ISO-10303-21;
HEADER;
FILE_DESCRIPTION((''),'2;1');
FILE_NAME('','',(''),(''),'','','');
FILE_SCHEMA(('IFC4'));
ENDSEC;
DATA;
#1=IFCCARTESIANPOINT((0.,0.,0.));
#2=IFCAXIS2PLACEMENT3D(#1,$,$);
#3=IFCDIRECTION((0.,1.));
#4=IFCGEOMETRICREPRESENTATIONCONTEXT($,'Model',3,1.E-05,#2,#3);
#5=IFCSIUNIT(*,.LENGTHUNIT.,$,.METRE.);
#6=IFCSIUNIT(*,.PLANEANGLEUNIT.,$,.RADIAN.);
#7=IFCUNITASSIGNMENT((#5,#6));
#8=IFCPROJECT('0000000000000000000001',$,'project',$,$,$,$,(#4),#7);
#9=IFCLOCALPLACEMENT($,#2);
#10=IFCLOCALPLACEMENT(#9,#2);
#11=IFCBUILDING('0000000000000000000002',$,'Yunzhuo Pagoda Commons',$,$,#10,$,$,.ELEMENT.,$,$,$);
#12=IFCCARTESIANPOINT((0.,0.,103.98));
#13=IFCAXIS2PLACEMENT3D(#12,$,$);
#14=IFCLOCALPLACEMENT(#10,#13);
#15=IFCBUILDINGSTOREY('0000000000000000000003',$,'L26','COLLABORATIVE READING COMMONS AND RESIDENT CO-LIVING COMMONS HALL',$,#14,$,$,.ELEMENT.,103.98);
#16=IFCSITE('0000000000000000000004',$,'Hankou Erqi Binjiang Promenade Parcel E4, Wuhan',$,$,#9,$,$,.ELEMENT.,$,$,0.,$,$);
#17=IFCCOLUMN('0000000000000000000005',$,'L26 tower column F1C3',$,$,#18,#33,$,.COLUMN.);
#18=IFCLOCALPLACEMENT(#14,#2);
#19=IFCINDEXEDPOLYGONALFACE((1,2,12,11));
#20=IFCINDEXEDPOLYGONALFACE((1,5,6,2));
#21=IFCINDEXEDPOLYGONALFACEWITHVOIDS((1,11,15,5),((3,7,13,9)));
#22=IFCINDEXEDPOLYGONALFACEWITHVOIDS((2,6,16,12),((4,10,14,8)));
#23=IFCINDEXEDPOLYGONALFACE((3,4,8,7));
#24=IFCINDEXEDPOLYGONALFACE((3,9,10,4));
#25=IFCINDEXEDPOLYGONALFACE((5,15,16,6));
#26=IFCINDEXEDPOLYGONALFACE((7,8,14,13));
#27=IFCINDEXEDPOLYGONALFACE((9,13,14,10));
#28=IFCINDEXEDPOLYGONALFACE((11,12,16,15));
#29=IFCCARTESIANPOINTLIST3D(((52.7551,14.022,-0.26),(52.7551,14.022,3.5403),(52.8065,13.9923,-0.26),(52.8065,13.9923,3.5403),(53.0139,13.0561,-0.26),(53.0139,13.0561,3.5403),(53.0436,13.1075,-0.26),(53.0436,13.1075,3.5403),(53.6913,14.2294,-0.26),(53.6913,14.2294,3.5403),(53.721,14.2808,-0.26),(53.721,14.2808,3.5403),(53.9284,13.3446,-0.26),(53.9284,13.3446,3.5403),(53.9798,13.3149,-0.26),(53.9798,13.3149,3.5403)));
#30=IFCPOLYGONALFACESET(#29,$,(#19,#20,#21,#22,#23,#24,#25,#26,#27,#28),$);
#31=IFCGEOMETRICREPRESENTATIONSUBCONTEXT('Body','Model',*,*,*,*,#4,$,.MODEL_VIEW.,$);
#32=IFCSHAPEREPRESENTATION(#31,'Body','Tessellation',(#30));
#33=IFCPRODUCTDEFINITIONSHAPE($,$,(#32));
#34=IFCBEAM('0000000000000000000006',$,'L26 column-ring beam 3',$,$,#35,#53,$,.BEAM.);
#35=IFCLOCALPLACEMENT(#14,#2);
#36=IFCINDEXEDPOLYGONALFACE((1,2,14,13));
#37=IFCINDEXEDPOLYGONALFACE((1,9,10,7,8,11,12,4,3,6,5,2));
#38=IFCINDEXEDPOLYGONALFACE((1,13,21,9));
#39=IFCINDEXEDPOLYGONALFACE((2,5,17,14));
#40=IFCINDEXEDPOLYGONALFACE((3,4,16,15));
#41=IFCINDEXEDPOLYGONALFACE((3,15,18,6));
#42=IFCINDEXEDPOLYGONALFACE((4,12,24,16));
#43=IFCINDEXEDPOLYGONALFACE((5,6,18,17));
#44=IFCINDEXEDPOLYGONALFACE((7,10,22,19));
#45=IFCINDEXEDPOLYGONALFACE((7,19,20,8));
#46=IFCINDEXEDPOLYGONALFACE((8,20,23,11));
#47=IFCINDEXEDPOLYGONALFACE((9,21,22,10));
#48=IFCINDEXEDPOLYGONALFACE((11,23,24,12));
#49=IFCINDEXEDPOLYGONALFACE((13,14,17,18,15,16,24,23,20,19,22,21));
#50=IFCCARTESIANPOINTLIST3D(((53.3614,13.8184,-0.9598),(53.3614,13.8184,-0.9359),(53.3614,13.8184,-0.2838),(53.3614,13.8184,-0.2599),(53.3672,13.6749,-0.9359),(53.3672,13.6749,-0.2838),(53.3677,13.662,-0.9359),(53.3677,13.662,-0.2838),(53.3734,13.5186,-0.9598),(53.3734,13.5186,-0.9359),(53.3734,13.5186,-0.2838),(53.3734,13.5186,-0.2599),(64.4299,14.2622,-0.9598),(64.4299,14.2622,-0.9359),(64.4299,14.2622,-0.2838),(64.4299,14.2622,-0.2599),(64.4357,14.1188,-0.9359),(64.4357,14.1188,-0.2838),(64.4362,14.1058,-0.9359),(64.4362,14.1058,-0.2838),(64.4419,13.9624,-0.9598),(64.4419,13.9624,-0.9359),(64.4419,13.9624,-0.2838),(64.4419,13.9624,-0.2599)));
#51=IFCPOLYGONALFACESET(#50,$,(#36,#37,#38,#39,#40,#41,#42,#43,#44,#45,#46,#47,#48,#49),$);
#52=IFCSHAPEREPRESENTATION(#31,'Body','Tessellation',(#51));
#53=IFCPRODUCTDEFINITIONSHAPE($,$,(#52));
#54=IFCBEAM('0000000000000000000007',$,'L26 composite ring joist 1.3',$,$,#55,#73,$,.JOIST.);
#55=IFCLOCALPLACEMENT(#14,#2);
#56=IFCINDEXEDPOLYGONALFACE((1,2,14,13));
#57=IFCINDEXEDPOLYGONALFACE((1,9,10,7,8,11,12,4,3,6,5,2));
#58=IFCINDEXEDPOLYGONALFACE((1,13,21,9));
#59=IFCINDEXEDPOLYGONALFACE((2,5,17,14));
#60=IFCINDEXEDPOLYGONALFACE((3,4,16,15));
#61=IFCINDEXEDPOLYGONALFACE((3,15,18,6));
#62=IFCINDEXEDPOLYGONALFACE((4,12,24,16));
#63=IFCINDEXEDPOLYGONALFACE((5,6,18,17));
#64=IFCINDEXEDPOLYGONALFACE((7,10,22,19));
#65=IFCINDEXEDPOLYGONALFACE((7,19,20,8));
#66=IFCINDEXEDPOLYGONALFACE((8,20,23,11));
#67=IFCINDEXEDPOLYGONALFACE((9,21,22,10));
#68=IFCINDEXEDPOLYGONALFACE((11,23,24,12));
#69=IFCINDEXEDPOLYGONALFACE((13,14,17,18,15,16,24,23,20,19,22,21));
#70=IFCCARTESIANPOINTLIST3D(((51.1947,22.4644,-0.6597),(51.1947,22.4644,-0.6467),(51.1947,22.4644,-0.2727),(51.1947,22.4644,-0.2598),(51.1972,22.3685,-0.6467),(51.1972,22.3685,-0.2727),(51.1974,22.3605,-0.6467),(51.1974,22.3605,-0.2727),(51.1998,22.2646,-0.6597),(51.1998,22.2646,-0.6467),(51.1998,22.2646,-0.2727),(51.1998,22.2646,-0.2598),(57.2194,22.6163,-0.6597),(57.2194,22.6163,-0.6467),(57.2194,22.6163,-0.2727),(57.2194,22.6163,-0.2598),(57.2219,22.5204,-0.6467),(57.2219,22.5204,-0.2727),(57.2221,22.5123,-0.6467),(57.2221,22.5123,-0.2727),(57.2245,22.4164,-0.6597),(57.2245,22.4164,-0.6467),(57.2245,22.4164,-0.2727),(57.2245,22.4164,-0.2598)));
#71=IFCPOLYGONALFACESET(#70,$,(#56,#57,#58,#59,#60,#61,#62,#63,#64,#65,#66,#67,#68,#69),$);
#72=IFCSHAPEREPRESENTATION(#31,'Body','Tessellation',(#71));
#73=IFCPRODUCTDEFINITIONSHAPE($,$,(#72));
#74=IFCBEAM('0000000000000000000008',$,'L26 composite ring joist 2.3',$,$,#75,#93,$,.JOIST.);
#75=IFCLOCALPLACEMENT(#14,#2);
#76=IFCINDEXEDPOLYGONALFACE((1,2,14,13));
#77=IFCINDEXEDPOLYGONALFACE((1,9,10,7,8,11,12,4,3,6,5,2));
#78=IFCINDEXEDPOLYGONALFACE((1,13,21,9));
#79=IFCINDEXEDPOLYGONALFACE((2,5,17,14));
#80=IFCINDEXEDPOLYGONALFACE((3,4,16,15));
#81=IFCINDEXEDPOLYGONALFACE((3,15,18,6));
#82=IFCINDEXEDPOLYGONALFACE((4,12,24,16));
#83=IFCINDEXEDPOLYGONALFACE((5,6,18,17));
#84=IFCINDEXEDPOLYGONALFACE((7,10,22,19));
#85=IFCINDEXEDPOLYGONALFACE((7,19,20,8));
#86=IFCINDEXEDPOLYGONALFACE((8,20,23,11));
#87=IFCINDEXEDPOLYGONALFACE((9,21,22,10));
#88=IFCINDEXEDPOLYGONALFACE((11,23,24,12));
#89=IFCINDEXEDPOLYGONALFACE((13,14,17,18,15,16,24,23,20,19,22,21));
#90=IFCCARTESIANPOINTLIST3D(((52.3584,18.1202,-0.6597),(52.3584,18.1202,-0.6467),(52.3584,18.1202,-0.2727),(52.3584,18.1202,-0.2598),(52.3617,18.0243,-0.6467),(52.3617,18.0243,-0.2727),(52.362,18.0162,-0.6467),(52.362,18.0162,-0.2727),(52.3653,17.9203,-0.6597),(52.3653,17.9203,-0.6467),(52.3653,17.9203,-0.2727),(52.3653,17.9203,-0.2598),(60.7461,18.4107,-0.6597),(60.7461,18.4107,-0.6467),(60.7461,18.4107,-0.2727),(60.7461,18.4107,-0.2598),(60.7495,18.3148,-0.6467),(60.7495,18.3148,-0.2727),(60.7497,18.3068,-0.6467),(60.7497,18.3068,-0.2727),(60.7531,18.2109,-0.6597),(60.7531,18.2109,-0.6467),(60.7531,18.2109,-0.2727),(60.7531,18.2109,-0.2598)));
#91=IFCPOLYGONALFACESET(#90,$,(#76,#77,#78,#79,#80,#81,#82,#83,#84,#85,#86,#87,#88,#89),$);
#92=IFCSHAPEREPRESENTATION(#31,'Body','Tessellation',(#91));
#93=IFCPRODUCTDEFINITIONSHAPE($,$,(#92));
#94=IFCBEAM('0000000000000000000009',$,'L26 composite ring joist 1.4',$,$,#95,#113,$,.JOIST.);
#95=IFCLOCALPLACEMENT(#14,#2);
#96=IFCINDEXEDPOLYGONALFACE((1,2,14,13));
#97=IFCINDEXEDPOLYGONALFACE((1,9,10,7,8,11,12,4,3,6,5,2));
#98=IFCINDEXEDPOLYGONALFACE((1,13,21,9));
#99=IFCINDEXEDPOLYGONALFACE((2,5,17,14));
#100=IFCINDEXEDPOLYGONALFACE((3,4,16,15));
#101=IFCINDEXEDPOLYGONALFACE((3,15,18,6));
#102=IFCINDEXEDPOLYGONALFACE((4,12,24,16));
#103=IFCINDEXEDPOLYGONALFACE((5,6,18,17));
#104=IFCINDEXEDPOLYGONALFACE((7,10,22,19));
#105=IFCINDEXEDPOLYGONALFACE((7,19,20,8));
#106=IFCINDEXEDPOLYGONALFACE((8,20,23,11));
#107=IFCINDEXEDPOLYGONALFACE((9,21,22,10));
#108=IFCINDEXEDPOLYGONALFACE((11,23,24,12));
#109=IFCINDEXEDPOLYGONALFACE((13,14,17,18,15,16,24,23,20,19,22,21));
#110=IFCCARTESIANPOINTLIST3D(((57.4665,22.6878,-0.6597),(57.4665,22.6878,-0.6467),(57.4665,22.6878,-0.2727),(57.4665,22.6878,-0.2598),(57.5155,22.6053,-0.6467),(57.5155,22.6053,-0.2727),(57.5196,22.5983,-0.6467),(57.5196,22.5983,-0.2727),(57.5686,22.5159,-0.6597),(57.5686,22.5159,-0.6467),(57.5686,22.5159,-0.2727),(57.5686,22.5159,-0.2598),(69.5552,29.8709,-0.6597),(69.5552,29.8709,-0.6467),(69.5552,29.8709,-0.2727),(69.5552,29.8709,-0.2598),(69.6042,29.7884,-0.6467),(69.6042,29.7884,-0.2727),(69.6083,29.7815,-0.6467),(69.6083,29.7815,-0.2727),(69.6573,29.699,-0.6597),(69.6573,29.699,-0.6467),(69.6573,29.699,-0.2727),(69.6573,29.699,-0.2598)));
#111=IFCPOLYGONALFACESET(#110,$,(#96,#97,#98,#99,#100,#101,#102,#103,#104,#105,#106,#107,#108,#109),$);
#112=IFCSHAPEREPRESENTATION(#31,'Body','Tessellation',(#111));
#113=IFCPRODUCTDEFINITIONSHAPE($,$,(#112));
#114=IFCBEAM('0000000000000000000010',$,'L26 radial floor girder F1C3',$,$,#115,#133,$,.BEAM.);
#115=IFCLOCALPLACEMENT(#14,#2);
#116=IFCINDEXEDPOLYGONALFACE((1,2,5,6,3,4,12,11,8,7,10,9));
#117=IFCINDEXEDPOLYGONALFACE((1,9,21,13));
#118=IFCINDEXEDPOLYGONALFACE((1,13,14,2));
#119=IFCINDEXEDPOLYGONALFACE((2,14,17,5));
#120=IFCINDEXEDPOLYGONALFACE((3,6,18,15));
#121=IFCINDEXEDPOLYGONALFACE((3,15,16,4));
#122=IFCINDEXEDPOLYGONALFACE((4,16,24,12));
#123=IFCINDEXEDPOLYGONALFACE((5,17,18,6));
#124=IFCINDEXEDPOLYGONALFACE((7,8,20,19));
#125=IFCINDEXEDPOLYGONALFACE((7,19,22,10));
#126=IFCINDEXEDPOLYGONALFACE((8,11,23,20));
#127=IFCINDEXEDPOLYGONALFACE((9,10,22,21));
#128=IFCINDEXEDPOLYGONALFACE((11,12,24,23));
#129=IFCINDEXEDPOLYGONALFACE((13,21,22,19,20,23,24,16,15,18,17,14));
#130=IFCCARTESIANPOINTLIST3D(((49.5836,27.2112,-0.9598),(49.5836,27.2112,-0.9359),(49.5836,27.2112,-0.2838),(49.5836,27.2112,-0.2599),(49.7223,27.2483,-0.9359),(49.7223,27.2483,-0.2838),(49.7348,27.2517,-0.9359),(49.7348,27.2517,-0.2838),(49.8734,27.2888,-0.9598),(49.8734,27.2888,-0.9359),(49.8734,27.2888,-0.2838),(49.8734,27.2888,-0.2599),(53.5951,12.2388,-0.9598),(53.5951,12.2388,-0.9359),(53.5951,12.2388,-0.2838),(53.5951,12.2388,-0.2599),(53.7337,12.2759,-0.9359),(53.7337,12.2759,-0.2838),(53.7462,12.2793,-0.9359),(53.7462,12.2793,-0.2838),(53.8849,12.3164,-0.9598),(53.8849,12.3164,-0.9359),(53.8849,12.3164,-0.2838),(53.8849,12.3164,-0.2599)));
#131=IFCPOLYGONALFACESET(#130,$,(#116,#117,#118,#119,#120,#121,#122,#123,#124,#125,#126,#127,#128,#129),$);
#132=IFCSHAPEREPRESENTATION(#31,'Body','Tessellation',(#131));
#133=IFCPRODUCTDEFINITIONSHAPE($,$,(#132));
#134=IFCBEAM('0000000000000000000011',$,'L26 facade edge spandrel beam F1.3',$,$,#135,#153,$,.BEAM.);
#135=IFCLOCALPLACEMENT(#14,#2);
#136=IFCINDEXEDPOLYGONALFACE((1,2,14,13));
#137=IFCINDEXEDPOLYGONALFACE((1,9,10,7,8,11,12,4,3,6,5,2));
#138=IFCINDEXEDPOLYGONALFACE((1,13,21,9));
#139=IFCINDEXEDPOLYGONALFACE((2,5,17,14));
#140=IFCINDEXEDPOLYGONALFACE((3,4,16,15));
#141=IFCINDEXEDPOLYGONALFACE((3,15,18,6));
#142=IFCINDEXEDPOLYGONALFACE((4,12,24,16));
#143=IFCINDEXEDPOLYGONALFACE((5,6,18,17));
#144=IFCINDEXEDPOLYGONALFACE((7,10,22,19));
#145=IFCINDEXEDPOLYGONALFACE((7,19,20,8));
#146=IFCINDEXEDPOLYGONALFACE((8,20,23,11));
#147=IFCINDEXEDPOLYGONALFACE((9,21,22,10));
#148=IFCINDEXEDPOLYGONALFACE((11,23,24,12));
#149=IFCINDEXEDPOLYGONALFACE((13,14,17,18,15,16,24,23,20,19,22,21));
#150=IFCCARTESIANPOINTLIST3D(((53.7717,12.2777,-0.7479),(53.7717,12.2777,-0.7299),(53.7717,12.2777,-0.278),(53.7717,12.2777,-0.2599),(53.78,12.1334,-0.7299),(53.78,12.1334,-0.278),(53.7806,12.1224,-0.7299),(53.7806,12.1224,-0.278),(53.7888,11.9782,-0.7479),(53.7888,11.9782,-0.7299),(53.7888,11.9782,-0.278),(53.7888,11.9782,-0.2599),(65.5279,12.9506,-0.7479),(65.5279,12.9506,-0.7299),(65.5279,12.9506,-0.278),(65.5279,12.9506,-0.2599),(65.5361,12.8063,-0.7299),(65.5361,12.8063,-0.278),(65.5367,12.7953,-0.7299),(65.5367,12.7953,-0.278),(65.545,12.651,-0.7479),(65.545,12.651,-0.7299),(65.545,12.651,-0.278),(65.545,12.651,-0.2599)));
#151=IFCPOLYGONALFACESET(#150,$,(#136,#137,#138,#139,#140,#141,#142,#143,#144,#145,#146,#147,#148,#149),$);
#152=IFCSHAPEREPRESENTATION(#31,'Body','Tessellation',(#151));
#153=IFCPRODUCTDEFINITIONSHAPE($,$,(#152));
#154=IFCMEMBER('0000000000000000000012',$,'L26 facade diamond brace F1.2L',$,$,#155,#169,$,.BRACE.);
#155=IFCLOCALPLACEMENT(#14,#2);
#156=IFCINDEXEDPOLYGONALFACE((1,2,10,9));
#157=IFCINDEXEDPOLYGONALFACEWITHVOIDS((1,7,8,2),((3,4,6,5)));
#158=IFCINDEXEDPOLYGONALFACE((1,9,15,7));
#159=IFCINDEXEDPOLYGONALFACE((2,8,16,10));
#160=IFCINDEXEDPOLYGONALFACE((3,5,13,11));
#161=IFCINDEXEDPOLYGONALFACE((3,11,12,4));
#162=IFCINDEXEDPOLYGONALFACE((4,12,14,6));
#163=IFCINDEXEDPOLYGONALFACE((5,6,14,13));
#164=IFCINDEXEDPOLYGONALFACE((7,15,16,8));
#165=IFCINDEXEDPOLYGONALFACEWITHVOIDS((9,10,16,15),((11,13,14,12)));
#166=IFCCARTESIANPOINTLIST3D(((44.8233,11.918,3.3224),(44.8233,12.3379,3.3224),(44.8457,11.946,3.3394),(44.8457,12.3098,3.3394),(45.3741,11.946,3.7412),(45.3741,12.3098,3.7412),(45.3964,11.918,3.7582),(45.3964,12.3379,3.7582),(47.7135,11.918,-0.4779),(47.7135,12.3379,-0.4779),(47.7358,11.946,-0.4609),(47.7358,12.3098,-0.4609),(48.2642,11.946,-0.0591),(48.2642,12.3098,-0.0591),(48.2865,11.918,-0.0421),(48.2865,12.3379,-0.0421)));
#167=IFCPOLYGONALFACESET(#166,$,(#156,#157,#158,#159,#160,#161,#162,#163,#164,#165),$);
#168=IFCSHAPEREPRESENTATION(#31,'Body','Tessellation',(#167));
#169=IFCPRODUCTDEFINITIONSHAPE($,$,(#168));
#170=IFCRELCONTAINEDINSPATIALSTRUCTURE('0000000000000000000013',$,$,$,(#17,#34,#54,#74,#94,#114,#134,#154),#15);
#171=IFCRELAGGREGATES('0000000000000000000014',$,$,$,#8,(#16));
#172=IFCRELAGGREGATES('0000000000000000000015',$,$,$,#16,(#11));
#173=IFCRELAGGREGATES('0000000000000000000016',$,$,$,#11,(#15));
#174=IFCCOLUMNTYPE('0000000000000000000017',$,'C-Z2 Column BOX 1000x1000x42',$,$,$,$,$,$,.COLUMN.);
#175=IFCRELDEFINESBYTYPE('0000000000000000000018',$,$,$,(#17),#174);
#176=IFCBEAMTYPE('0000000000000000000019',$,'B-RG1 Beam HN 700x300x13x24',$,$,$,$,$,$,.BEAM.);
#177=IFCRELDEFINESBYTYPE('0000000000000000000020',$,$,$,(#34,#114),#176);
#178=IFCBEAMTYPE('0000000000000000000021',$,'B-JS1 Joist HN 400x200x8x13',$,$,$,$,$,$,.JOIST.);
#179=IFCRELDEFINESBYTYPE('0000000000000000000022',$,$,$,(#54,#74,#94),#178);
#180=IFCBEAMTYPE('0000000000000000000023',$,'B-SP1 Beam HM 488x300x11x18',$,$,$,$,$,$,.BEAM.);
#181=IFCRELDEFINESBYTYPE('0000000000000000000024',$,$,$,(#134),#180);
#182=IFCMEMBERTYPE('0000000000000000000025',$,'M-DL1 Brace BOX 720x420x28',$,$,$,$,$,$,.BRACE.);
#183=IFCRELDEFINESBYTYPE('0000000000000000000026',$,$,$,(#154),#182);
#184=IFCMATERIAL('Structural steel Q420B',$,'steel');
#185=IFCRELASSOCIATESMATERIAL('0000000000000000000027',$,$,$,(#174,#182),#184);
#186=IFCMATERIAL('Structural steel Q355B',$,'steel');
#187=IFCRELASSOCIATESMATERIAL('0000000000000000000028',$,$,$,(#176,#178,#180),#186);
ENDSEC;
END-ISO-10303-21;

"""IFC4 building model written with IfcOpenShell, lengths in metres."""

from ifc_helpers import new_model, si_unit, direction, frame, origin, origin_2d, place, context, subcontext, project, spatial, hollow_rectangle, i_section, extrude, source, transform, mapped, material, material_profile, profile_set, type_object, element, save


model = new_model("IFC4")

# Units and contexts
model_context = context("Model", 3, precision=1e-05, world=origin(), true_north=direction((0.0, 1.0)))
body_context = subcontext(model_context, "Body", "Model", "MODEL_VIEW")
ifc_project = project(units=[si_unit("LENGTHUNIT", "METRE"), si_unit("PLANEANGLEUNIT", "RADIAN")], contexts=[model_context])

# Site, building, storey
site_placement = place(None, origin())
site = spatial("IfcSite", under=ifc_project, at=site_placement, Name="Hankou Erqi Binjiang Promenade Parcel E4, Wuhan", CompositionType="ELEMENT", RefElevation=0.0)
building_placement = place(site_placement, origin())
building = spatial("IfcBuilding", under=site, at=building_placement, Name="Yunzhuo Pagoda Commons", CompositionType="ELEMENT")
storey_placement = place(building_placement, frame((0.0, 0.0, 103.98)))
storey = spatial("IfcBuildingStorey", under=building, at=storey_placement, Name="L26", Description="COLLABORATIVE READING COMMONS AND RESIDENT CO-LIVING COMMONS HALL", CompositionType="ELEMENT", Elevation=103.98)

# Column
ifc_material_1 = material(Name="Structural steel Q420B", Category="steel")
ifc_material_profile_1 = material_profile(ifc_material_1, hollow_rectangle(XDim=1.0, YDim=1.0, WallThickness=0.042, at=origin_2d()), Name="Structural steel Q420B")
ifc_profile_set_1 = profile_set([ifc_material_profile_1], Name="Structural steel Q420B")
column_type = type_object("IfcColumnType", Name="C-Z2 Column BOX 1000x1000x42", PredefinedType="COLUMN", material=ifc_profile_set_1)
shared_shape_1 = source(origin(), body_context, "Body", "SweptSolid", [
    extrude(hollow_rectangle(XDim=1.0, YDim=1.0, WallThickness=0.042, at=origin_2d()), origin(), (0.0, 0.0, 1.0), 3.8003),
])
column_placement = place(storey_placement, frame((53.3674, 13.6685, -0.26), z_axis=(0.0, 0.0, 1.0), x_axis=(0.965926, 0.258819, 0.0)))
element("IfcColumn", 1, at=column_placement, inside=storey, type_object=column_type, Name="L26 tower column F1C3", PredefinedType="COLUMN", context=body_context, shape_type="MappedRepresentation", body=[
    mapped(shared_shape_1, transform((0.0, 0.0, 0.0), scale=1.0)),
])

# Beams
ifc_material_2 = material(Name="Structural steel Q355B", Category="steel")
ifc_material_profile_2 = material_profile(ifc_material_2, i_section(OverallWidth=0.3, OverallDepth=0.7, WebThickness=0.0129, FlangeThickness=0.0239, at=origin_2d()), Name="Structural steel Q355B")
ifc_profile_set_2 = profile_set([ifc_material_profile_2], Name="Structural steel Q355B")
beam_type_1 = type_object("IfcBeamType", Name="B-RG1 Beam HN 700x300x13x24", PredefinedType="BEAM", material=ifc_profile_set_2)
shared_shape_2 = source(origin(), body_context, "Body", "SweptSolid", [
    extrude(i_section(OverallWidth=0.3, OverallDepth=0.7, WebThickness=0.0129, FlangeThickness=0.0239, at=origin_2d()), origin(), (0.0, 0.0, 1.0), 11.0774),
])
beam_1_placement = place(storey_placement, frame((53.3674, 13.6685, -0.6099), z_axis=(0.999197, 0.040067, 0.0), x_axis=(-0.040067, 0.999197, 0.0)))
element("IfcBeam", 2, at=beam_1_placement, inside=storey, type_object=beam_type_1, Name="L26 column-ring beam 3", PredefinedType="BEAM", context=body_context, shape_type="MappedRepresentation", body=[
    mapped(shared_shape_2, transform((0.0, 0.0, 0.0), scale=1.0)),
])
ifc_material_profile_3 = material_profile(ifc_material_2, i_section(OverallWidth=0.2, OverallDepth=0.3999, WebThickness=0.0081, FlangeThickness=0.0129, at=origin_2d()), Name="Structural steel Q355B")
ifc_profile_set_3 = profile_set([ifc_material_profile_3], Name="Structural steel Q355B")
beam_type_2 = type_object("IfcBeamType", Name="B-JS1 Joist HN 400x200x8x13", PredefinedType="JOIST", material=ifc_profile_set_3)
shared_shape_3 = source(origin(), body_context, "Body", "SweptSolid", [
    extrude(i_section(OverallWidth=0.2, OverallDepth=0.3999, WebThickness=0.0081, FlangeThickness=0.0129, at=origin_2d()), origin(), (0.0, 0.0, 1.0), 6.0266),
])
beam_2_placement = place(storey_placement, frame((51.1973, 22.3645, -0.4597), z_axis=(0.999682, 0.025198, 0.0), x_axis=(-0.025198, 0.999682, 0.0)))
element("IfcBeam", 3, at=beam_2_placement, inside=storey, type_object=beam_type_2, Name="L26 composite ring joist 1.3", PredefinedType="JOIST", context=body_context, shape_type="MappedRepresentation", body=[
    mapped(shared_shape_3, transform((0.0, 0.0, 0.0), scale=1.0)),
])
shared_shape_4 = source(origin(), body_context, "Body", "SweptSolid", [
    extrude(i_section(OverallWidth=0.2, OverallDepth=0.3999, WebThickness=0.0081, FlangeThickness=0.0129, at=origin_2d()), origin(), (0.0, 0.0, 1.0), 8.3928),
])
beam_3_placement = place(storey_placement, frame((52.3618, 18.0203, -0.4597), z_axis=(0.999401, 0.034617, 0.0), x_axis=(-0.034617, 0.999401, 0.0)))
element("IfcBeam", 4, at=beam_3_placement, inside=storey, type_object=beam_type_2, Name="L26 composite ring joist 2.3", PredefinedType="JOIST", context=body_context, shape_type="MappedRepresentation", body=[
    mapped(shared_shape_4, transform((0.0, 0.0, 0.0), scale=1.0)),
])
shared_shape_5 = source(origin(), body_context, "Body", "SweptSolid", [
    extrude(i_section(OverallWidth=0.2, OverallDepth=0.3999, WebThickness=0.0081, FlangeThickness=0.0129, at=origin_2d()), origin(), (0.0, 0.0, 1.0), 14.0618),
])
beam_4_placement = place(storey_placement, frame((57.5176, 22.6018, -0.4597), z_axis=(0.859683, 0.510827, 0.0), x_axis=(-0.510827, 0.859683, 0.0)))
element("IfcBeam", 5, at=beam_4_placement, inside=storey, type_object=beam_type_2, Name="L26 composite ring joist 1.4", PredefinedType="JOIST", context=body_context, shape_type="MappedRepresentation", body=[
    mapped(shared_shape_5, transform((0.0, 0.0, 0.0), scale=1.0)),
])
shared_shape_6 = source(origin(), body_context, "Body", "SweptSolid", [
    extrude(i_section(OverallWidth=0.3, OverallDepth=0.7, WebThickness=0.0129, FlangeThickness=0.0239, at=origin_2d()), origin(), (0.0, 0.0, 1.0), 15.5005),
])
beam_5_placement = place(storey_placement, frame((53.74, 12.2776, -0.6099), z_axis=(-0.258797, 0.965932, 0.0), x_axis=(-0.965932, -0.258797, 0.0)))
element("IfcBeam", 6, at=beam_5_placement, inside=storey, type_object=beam_type_1, Name="L26 radial floor girder F1C3", PredefinedType="BEAM", context=body_context, shape_type="MappedRepresentation", body=[
    mapped(shared_shape_6, transform((0.0, 0.0, 0.0), scale=1.0)),
])
ifc_material_profile_4 = material_profile(ifc_material_2, i_section(OverallWidth=0.3, OverallDepth=0.488, WebThickness=0.011, FlangeThickness=0.0181, at=origin_2d()), Name="Structural steel Q355B")
ifc_profile_set_4 = profile_set([ifc_material_profile_4], Name="Structural steel Q355B")
beam_type_3 = type_object("IfcBeamType", Name="B-SP1 Beam HM 488x300x11x18", PredefinedType="BEAM", material=ifc_profile_set_4)
shared_shape_7 = source(origin(), body_context, "Body", "SweptSolid", [
    extrude(i_section(OverallWidth=0.3, OverallDepth=0.488, WebThickness=0.011, FlangeThickness=0.0181, at=origin_2d()), origin(), (0.0, 0.0, 1.0), 11.7754),
])
beam_6_placement = place(storey_placement, frame((53.7803, 12.1279, -0.5039), z_axis=(0.998366, 0.057141, 0.0), x_axis=(-0.057141, 0.998366, 0.0)))
element("IfcBeam", 7, at=beam_6_placement, inside=storey, type_object=beam_type_3, Name="L26 facade edge spandrel beam F1.3", PredefinedType="BEAM", context=body_context, shape_type="MappedRepresentation", body=[
    mapped(shared_shape_7, transform((0.0, 0.0, 0.0), scale=1.0)),
])

# Member
ifc_material_profile_5 = material_profile(ifc_material_1, hollow_rectangle(XDim=0.4199, YDim=0.72, WallThickness=0.0281, at=origin_2d()), Name="Structural steel Q420B")
ifc_profile_set_5 = profile_set([ifc_material_profile_5], Name="Structural steel Q420B")
member_type_1 = type_object("IfcMemberType", Name="M-DL1 Brace BOX 720x420x28", PredefinedType="BRACE", material=ifc_profile_set_5)
shared_shape_8 = source(origin(), body_context, "Body", "SweptSolid", [
    extrude(hollow_rectangle(XDim=0.4199, YDim=0.72, WallThickness=0.0281, at=origin_2d()), origin(), (0.0, 0.0, 1.0), 4.7744),
])
for number, where, z_axis, x_axis, name in (
    (8, (48.0, 12.1279, -0.26), (-0.605337, 0.0, 0.795969), (0.0, -1.0, 0.0), "L26 facade diamond brace F1.2L"),
):
    element("IfcMember", number, at=place(storey_placement, frame(where, z_axis=z_axis, x_axis=x_axis)), inside=storey, type_object=member_type_1, Name=name, PredefinedType="BRACE", context=body_context, shape_type="MappedRepresentation", body=[
        mapped(shared_shape_8, transform((0.0, 0.0, 0.0), scale=1.0)),
    ])

save(model, "model.ifc")
